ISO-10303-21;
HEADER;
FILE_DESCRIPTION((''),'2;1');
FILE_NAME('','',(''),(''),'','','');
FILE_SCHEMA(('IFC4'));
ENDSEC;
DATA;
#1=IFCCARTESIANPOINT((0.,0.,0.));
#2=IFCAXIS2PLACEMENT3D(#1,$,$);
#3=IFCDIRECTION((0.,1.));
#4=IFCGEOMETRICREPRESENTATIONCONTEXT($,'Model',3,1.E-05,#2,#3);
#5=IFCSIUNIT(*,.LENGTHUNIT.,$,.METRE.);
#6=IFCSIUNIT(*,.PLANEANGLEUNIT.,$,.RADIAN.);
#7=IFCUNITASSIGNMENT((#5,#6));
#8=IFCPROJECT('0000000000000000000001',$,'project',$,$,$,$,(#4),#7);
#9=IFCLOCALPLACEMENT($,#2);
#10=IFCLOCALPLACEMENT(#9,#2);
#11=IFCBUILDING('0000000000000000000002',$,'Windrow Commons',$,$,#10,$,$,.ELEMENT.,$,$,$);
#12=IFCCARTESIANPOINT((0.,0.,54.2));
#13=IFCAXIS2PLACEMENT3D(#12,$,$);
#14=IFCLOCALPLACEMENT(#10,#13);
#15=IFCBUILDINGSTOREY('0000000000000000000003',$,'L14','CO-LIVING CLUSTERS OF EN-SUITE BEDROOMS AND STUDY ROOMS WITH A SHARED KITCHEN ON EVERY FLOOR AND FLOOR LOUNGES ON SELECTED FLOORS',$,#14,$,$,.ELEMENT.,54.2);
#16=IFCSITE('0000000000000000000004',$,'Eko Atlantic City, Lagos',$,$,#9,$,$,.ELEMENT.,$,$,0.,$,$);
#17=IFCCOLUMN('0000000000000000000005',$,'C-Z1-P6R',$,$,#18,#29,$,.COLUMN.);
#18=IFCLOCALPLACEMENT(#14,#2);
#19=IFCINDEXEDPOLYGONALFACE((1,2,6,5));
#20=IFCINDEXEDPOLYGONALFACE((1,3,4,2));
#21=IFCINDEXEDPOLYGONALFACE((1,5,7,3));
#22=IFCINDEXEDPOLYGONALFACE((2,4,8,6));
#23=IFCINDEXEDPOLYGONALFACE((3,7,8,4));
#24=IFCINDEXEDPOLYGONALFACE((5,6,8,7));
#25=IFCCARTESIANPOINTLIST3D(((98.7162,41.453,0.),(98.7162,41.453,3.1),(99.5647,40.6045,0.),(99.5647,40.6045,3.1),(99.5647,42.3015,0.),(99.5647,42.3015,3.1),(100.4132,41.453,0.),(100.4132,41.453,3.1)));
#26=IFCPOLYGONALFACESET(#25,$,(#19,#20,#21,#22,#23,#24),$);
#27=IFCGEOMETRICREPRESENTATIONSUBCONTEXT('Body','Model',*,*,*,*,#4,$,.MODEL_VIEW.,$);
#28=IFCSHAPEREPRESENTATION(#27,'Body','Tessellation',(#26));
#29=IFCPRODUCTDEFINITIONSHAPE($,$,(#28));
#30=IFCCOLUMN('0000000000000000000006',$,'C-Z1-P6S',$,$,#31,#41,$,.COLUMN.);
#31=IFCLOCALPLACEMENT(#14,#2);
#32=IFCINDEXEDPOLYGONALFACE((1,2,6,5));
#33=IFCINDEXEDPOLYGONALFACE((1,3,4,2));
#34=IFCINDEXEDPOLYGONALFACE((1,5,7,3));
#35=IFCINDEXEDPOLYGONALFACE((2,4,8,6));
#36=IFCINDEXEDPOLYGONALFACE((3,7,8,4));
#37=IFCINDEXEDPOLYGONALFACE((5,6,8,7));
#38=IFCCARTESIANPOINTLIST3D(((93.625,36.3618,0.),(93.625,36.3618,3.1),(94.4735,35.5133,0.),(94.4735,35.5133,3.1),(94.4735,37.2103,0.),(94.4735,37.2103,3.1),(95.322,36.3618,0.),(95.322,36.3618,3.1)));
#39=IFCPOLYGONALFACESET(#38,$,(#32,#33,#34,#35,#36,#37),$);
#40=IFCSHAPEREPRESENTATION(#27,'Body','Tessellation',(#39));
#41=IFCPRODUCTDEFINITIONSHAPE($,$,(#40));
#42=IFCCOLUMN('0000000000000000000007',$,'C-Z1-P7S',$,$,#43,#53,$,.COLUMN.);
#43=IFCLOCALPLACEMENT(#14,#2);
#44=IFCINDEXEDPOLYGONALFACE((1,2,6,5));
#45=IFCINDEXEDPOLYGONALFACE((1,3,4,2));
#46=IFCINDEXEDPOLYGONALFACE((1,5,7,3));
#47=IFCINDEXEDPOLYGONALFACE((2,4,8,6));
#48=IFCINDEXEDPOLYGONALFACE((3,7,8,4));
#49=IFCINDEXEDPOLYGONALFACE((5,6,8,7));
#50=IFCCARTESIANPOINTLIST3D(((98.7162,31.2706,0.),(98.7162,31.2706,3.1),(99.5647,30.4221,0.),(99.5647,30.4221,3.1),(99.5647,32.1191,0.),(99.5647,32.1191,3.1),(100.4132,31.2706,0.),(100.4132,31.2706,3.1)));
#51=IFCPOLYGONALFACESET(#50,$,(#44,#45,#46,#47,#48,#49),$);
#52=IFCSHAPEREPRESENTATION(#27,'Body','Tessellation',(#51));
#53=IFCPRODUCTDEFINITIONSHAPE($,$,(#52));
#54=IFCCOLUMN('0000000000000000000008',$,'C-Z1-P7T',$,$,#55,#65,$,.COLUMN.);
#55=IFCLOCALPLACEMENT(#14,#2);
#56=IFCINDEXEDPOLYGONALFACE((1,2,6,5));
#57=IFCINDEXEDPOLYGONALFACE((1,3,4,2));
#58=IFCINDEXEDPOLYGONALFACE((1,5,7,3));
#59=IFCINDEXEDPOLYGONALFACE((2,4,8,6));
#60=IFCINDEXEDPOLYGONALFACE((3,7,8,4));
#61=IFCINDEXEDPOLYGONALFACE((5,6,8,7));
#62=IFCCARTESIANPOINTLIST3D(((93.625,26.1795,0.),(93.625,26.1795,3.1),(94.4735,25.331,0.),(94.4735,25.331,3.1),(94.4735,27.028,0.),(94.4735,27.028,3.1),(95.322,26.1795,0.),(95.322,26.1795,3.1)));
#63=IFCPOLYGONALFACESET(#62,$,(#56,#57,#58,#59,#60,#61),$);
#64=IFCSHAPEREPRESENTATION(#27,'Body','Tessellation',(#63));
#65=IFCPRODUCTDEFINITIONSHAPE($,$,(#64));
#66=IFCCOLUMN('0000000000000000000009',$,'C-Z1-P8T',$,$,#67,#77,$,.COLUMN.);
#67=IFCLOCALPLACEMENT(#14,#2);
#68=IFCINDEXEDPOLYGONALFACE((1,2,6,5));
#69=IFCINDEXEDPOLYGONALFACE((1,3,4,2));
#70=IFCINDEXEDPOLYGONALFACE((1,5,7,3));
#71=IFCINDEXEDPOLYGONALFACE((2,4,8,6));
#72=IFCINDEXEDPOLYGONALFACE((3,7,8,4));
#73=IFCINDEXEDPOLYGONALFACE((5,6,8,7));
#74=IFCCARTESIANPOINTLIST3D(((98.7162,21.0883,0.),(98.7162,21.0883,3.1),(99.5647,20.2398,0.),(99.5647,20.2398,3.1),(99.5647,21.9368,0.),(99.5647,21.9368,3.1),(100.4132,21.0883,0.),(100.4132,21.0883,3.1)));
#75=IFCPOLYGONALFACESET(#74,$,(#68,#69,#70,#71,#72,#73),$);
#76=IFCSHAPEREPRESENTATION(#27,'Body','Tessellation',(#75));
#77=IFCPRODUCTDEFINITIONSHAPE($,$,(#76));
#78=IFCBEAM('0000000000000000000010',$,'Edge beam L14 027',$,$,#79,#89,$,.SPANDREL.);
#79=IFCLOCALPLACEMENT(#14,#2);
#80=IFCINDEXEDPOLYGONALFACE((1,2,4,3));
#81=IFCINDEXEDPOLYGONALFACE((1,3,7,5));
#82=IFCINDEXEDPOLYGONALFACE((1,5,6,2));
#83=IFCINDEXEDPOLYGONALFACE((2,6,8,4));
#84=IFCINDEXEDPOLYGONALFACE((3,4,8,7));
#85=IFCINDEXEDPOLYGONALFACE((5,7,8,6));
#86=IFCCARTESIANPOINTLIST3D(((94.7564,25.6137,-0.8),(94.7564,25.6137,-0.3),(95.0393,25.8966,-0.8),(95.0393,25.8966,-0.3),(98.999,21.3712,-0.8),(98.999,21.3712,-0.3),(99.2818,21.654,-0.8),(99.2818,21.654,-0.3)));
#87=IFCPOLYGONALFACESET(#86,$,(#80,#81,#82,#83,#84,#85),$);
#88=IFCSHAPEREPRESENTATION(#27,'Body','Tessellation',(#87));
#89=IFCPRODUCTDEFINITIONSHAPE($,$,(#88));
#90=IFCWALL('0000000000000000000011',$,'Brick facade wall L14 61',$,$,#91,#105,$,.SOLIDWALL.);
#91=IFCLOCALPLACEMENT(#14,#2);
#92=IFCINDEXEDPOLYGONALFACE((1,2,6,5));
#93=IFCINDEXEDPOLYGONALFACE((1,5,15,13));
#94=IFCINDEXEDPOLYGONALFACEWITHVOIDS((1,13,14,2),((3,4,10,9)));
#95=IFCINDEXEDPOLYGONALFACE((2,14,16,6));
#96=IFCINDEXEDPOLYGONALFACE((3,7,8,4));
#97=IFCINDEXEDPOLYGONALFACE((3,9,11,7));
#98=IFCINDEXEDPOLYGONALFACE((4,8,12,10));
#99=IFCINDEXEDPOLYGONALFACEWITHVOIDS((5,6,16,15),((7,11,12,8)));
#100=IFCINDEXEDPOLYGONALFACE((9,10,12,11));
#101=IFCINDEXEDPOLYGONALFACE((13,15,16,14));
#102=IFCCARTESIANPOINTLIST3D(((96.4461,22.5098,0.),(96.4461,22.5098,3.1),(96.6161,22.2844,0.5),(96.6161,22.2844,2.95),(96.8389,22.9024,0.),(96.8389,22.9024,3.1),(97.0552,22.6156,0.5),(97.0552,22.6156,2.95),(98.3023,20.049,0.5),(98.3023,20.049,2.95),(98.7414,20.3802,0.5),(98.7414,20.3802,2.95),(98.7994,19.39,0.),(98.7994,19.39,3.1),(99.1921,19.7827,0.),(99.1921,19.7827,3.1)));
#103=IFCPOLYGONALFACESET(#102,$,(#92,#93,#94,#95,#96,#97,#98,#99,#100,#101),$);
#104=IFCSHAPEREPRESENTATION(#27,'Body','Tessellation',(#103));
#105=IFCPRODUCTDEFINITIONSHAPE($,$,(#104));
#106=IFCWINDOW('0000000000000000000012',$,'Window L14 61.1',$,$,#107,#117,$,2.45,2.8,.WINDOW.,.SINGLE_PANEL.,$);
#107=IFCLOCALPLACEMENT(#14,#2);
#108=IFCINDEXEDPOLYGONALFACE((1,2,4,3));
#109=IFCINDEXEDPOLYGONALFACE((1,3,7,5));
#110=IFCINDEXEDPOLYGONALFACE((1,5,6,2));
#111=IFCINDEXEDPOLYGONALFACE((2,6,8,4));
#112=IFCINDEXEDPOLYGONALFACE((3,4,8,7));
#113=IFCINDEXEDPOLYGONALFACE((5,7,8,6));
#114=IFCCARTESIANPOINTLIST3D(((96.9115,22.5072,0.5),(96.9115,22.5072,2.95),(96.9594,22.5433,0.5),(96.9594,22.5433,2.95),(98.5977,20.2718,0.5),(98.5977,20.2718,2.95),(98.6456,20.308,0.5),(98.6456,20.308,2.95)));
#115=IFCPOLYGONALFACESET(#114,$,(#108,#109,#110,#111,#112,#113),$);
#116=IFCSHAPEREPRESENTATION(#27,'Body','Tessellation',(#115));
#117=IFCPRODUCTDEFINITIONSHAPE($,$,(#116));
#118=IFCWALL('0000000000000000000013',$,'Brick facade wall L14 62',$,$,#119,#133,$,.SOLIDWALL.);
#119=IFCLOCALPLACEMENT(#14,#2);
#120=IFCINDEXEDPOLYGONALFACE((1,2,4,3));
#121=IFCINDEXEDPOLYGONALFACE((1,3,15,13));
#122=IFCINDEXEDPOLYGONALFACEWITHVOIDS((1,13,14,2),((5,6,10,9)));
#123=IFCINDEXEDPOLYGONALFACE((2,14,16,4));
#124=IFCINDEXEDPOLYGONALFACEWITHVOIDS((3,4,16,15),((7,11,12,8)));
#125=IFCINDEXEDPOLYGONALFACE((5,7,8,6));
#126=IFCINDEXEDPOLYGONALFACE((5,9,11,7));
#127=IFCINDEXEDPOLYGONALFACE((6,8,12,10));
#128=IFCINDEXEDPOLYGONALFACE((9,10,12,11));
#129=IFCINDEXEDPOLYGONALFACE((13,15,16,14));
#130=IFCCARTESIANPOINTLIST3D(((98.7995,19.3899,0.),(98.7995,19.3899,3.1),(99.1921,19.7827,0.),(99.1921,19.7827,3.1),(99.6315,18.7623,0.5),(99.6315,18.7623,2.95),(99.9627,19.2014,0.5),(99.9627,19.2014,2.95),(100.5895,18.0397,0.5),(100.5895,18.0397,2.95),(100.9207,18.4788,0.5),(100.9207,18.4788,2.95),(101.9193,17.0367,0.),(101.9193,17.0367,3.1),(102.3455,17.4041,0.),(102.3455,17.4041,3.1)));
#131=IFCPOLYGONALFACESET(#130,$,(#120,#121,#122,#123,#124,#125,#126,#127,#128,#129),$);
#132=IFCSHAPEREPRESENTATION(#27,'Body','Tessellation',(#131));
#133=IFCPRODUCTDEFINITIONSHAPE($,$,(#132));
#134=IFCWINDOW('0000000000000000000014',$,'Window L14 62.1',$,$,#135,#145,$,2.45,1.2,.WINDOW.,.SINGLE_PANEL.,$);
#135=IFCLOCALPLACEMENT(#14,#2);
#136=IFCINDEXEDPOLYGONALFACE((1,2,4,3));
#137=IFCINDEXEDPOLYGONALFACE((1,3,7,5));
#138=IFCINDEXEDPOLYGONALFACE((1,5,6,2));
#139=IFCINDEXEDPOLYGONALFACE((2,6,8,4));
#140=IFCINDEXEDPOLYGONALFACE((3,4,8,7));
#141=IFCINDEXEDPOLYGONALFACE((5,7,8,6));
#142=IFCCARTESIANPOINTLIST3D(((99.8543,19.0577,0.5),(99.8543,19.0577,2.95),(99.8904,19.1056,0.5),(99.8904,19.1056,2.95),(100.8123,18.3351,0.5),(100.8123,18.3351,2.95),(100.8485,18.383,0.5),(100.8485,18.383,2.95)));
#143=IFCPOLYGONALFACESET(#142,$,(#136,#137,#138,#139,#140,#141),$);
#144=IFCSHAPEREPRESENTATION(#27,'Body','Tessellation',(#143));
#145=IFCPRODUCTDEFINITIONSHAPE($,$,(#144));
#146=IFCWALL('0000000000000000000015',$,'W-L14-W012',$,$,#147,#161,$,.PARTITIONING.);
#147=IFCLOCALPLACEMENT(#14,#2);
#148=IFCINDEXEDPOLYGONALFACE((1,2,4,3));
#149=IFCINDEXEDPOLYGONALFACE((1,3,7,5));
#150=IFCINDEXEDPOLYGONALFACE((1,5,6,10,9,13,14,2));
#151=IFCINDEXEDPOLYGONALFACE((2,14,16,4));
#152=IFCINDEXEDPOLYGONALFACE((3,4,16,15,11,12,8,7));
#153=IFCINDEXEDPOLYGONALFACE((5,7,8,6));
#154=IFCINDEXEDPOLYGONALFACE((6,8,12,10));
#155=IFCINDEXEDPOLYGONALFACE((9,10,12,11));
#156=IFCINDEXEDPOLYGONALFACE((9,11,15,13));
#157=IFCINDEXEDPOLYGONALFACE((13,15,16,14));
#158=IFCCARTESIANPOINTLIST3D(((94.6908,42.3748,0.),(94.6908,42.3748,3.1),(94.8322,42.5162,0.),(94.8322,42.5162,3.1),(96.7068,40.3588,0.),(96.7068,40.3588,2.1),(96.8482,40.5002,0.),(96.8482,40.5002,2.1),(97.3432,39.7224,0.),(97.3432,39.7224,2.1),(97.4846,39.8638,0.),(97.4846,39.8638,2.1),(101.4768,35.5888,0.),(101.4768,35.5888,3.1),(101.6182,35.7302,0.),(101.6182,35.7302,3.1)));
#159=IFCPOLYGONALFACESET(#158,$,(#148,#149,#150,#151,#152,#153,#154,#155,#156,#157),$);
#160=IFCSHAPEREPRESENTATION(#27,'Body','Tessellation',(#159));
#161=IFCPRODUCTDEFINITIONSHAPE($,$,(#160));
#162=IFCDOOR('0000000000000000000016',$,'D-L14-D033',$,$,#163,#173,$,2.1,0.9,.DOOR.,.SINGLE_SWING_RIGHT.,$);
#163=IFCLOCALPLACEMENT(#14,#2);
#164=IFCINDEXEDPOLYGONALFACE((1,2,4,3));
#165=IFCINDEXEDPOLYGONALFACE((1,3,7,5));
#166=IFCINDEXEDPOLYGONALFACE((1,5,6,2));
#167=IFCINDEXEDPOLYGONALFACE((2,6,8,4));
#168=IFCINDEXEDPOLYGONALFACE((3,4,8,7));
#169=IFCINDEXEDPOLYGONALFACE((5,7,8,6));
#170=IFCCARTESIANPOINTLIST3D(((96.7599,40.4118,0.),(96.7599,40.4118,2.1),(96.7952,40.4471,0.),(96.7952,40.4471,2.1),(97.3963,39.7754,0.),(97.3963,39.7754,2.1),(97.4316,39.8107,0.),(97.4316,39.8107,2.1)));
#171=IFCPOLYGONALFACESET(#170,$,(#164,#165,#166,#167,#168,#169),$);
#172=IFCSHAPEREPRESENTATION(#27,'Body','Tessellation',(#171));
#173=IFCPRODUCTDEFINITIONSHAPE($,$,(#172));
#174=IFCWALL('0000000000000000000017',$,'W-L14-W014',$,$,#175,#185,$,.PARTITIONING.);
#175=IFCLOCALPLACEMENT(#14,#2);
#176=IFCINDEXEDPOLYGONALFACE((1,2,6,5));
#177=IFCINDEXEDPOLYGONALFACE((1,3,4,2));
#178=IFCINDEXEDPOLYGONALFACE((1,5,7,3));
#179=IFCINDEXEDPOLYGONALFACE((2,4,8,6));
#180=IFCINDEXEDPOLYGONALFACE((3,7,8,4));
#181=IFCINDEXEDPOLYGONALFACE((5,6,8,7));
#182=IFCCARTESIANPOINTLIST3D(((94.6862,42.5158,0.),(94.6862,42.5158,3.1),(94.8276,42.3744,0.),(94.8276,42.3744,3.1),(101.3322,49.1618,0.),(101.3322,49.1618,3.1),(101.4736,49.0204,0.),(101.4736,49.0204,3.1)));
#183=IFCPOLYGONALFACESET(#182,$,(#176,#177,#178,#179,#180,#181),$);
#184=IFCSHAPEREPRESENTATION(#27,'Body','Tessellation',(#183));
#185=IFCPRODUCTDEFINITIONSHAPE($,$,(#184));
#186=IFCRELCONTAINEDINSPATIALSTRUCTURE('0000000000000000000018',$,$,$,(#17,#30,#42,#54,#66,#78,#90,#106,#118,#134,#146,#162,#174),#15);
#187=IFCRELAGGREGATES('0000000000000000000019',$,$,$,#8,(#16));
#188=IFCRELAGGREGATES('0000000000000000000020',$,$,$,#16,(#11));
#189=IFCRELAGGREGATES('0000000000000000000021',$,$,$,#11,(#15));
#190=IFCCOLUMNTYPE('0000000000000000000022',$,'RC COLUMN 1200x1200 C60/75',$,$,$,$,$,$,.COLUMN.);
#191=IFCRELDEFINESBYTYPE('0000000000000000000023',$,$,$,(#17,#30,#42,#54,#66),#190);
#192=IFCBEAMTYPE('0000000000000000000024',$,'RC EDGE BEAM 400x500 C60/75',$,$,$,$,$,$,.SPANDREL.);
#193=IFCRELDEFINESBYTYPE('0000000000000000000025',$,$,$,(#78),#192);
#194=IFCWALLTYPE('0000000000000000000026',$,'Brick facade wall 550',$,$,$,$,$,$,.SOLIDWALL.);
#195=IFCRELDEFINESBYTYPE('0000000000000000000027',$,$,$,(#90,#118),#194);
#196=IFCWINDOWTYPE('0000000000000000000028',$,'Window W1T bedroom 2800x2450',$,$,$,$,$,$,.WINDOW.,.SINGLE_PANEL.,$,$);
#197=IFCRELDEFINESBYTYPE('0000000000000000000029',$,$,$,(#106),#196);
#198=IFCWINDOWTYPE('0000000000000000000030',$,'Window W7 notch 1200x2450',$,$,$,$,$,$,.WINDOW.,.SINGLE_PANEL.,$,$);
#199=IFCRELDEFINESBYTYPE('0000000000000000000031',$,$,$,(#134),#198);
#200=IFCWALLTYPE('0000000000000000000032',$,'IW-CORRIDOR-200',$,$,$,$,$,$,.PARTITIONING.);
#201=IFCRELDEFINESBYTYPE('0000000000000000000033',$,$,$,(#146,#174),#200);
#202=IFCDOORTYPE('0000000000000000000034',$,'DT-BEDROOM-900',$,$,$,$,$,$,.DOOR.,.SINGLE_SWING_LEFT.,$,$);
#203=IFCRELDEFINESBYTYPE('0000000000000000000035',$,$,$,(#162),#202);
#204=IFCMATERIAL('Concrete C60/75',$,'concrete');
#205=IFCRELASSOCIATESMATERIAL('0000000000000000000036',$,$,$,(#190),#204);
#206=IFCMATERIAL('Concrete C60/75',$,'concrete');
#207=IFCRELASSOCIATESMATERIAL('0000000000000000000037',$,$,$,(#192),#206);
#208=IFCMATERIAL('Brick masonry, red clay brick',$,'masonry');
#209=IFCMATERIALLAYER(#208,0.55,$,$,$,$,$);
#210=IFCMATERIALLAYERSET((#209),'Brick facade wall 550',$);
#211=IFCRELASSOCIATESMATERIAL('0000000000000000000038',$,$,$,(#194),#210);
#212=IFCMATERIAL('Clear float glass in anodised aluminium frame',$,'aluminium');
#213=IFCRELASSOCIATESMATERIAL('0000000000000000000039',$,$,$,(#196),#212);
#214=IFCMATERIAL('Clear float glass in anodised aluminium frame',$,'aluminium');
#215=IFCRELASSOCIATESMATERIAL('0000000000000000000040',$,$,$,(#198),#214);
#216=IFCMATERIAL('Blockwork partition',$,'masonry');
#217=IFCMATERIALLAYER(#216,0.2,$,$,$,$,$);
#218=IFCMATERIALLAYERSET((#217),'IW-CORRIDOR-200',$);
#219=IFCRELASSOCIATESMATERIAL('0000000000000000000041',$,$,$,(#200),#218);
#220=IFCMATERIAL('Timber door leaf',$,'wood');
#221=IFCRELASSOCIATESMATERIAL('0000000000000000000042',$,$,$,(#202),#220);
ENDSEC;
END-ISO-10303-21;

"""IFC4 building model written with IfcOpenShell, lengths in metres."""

from ifc_helpers import new_model, si_unit, direction, frame, frame_2d, origin, origin_2d, place, context, subcontext, project, spatial, polyline, rectangle, outline, extrude, material, layer, layer_set, material_profile, profile_set, type_object, element, fill, save


model = new_model("IFC4")

# Units and contexts
model_context = context("Model", 3, precision=1e-05, world=origin(), true_north=direction((0.0, 1.0)))
body_context = subcontext(model_context, "Body", "Model", "MODEL_VIEW")
ifc_project = project(units=[si_unit("LENGTHUNIT", "METRE"), si_unit("PLANEANGLEUNIT", "RADIAN")], contexts=[model_context])

# Site, building, storey
site_placement = place(None, origin())
site = spatial("IfcSite", under=ifc_project, at=site_placement, Name="Eko Atlantic City, Lagos", CompositionType="ELEMENT", RefElevation=0.0)
building_placement = place(site_placement, origin())
building = spatial("IfcBuilding", under=site, at=building_placement, Name="Windrow Commons", CompositionType="ELEMENT")
storey_placement = place(building_placement, frame((0.0, 0.0, 54.2)))
storey = spatial("IfcBuildingStorey", under=building, at=storey_placement, Name="L14", Description="CO-LIVING CLUSTERS OF EN-SUITE BEDROOMS AND STUDY ROOMS WITH A SHARED KITCHEN ON EVERY FLOOR AND FLOOR LOUNGES ON SELECTED FLOORS", CompositionType="ELEMENT", Elevation=54.2)

# Columns
ifc_material_1 = material(Name="Concrete C60/75", Category="concrete")
ifc_material_profile_1 = material_profile(ifc_material_1, rectangle(XDim=1.2, YDim=1.2, at=origin_2d()))
ifc_profile_set_1 = profile_set([ifc_material_profile_1], Name="Concrete C60/75")
column_type = type_object("IfcColumnType", Name="RC COLUMN 1200x1200 C60/75", PredefinedType="COLUMN", material=ifc_profile_set_1)
for number, where, z_axis, x_axis, name in (
    (1, (99.5647, 41.453, 0.0), (0.0, 0.0, 1.0), (0.707107, -0.707107, 0.0), "C-Z1-P6R"),
    (2, (94.4735, 36.3618, 0.0), (0.0, 0.0, 1.0), (0.707107, -0.707107, 0.0), "C-Z1-P6S"),
    (3, (99.5647, 31.2706, 0.0), (0.0, 0.0, 1.0), (0.707107, -0.707107, 0.0), "C-Z1-P7S"),
    (4, (94.4735, 26.1795, 0.0), (0.0, 0.0, 1.0), (0.707107, -0.707107, 0.0), "C-Z1-P7T"),
    (5, (99.5647, 21.0883, 0.0), (0.0, 0.0, 1.0), (0.707107, -0.707107, 0.0), "C-Z1-P8T"),
):
    element("IfcColumn", number, at=place(storey_placement, frame(where, z_axis=z_axis, x_axis=x_axis)), inside=storey, type_object=column_type, Name=name, PredefinedType="COLUMN", context=body_context, shape_type="SweptSolid", body=[
        extrude(rectangle(XDim=1.2, YDim=1.2, at=origin_2d()), origin(), (0.0, 0.0, 1.0), 3.1),
    ])

# Beam
ifc_material_2 = material(Name="Concrete C60/75", Category="concrete")
ifc_material_profile_2 = material_profile(ifc_material_2, rectangle(XDim=0.4, YDim=0.5, at=origin_2d()))
ifc_profile_set_2 = profile_set([ifc_material_profile_2], Name="Concrete C60/75")
beam_type = type_object("IfcBeamType", Name="RC EDGE BEAM 400x500 C60/75", PredefinedType="SPANDREL", material=ifc_profile_set_2)
beam_placement = place(storey_placement, frame((99.1404, 21.5126, -0.55), z_axis=(-0.707107, 0.707107, 0.0), x_axis=(-0.707107, -0.707107, 0.0)))
element("IfcBeam", 6, at=beam_placement, inside=storey, type_object=beam_type, Name="Edge beam L14 027", PredefinedType="SPANDREL", context=body_context, shape_type="SweptSolid", body=[
    extrude(rectangle(XDim=0.4, YDim=0.5, at=origin_2d()), origin(), (0.0, 0.0, 1.0), 5.9999),
])

# Walls, openings, windows
ifc_material_3 = material(Name="Brick masonry, red clay brick", Category="masonry")
ifc_layer_1 = layer(ifc_material_3, 0.55)
ifc_layer_set_1 = layer_set([ifc_layer_1], Name="Brick facade wall 550")
wall_type_1 = type_object("IfcWallType", Name="Brick facade wall 550", PredefinedType="SOLIDWALL", material=ifc_layer_set_1)
wall_1_placement = place(storey_placement, frame((96.6425, 22.7061, 0.0), z_axis=(0.0, 0.0, 1.0), x_axis=(0.6022, -0.798345, 0.0)))
wall_1 = element("IfcWall", 7, at=wall_1_placement, inside=storey, type_object=wall_type_1, Name="Brick facade wall L14 61", PredefinedType="SOLIDWALL", context=body_context, shape_type="SweptSolid", body=[
    extrude(outline(polyline([(0.0385, -0.275), (3.9463, -0.275), (3.8693, 0.275), (-0.0385, 0.275), (0.0385, -0.275)])), origin(), (0.0, 0.0, 1.0), 3.1),
])
opening_1_placement = place(wall_1_placement, frame((0.3208, 0.0, 0.5)))
opening_1 = element("IfcOpeningElement", 8, at=opening_1_placement, cuts=wall_1, PredefinedType="OPENING", context=body_context, shape_type="SweptSolid", body=[
    extrude(rectangle(XDim=2.8, YDim=2.45, at=frame_2d((1.4, 1.225))), frame((0.0, 0.285, 0.0), z_axis=(0.0, -1.0, 0.0), x_axis=(1.0, 0.0, 0.0)), (0.0, 0.0, 1.0), 0.57),
])
ifc_material_4 = material(Name="Clear float glass in anodised aluminium frame", Category="aluminium")
window_type_1 = type_object("IfcWindowType", Name="Window W1T bedroom 2800x2450", PartitioningType="SINGLE_PANEL", PredefinedType="WINDOW", material=ifc_material_4)
window_1_placement = place(opening_1_placement, origin())
window_1 = element("IfcWindow", 9, at=window_1_placement, inside=storey, type_object=window_type_1, Name="Window L14 61.1", OverallHeight=2.45, OverallWidth=2.8, PartitioningType="SINGLE_PANEL", PredefinedType="WINDOW", context=body_context, shape_type="SweptSolid", body=[
    extrude(rectangle(XDim=2.8, YDim=2.45, at=frame_2d((1.4, 1.225))), frame((0.0, 0.155, 0.0), z_axis=(0.0, -1.0, 0.0), x_axis=(1.0, 0.0, 0.0)), (0.0, 0.0, 1.0), 0.06),
])
fill(opening_1, window_1)
wall_2_placement = place(storey_placement, frame((98.9958, 19.5863, 0.0), z_axis=(0.0, 0.0, 1.0), x_axis=(0.798354, -0.602189, 0.0)))
wall_2 = element("IfcWall", 10, at=wall_2_placement, inside=storey, type_object=wall_type_1, Name="Brick facade wall L14 62", PredefinedType="SOLIDWALL", context=body_context, shape_type="SweptSolid", body=[
    extrude(outline(polyline([(-0.0385, -0.275), (3.8693, -0.275), (3.9883, 0.275), (0.0385, 0.275), (-0.0385, -0.275)])), origin(), (0.0, 0.0, 1.0), 3.1),
])
opening_2_placement = place(wall_2_placement, frame((1.0037, 0.0, 0.5)))
opening_2 = element("IfcOpeningElement", 11, at=opening_2_placement, cuts=wall_2, PredefinedType="OPENING", context=body_context, shape_type="SweptSolid", body=[
    extrude(rectangle(XDim=1.2, YDim=2.45, at=frame_2d((0.6, 1.225))), frame((0.0, 0.285, 0.0), z_axis=(0.0, -1.0, 0.0), x_axis=(1.0, 0.0, 0.0)), (0.0, 0.0, 1.0), 0.57),
])
ifc_material_5 = material(Name="Clear float glass in anodised aluminium frame", Category="aluminium")
window_type_2 = type_object("IfcWindowType", Name="Window W7 notch 1200x2450", PartitioningType="SINGLE_PANEL", PredefinedType="WINDOW", material=ifc_material_5)
window_2_placement = place(opening_2_placement, origin())
window_2 = element("IfcWindow", 12, at=window_2_placement, inside=storey, type_object=window_type_2, Name="Window L14 62.1", OverallHeight=2.45, OverallWidth=1.2, PartitioningType="SINGLE_PANEL", PredefinedType="WINDOW", context=body_context, shape_type="SweptSolid", body=[
    extrude(rectangle(XDim=1.2, YDim=2.45, at=frame_2d((0.6, 1.225))), frame((0.0, 0.155, 0.0), z_axis=(0.0, -1.0, 0.0), x_axis=(1.0, 0.0, 0.0)), (0.0, 0.0, 1.0), 0.06),
])
fill(opening_2, window_2)

# Wall, opening, door
ifc_material_6 = material(Name="Blockwork partition", Category="masonry")
ifc_layer_2 = layer(ifc_material_6, 0.2)
ifc_layer_set_2 = layer_set([ifc_layer_2], Name="IW-CORRIDOR-200")
wall_type_2 = type_object("IfcWallType", Name="IW-CORRIDOR-200", PredefinedType="PARTITIONING", material=ifc_layer_set_2)
wall_3_placement = place(storey_placement, frame((94.7615, 42.4455, 0.0), z_axis=(0.0, 0.0, 1.0), x_axis=(0.707107, -0.707107, 0.0)))
wall_3 = element("IfcWall", 13, at=wall_3_placement, inside=storey, type_object=wall_type_2, Name="W-L14-W012", PredefinedType="PARTITIONING", context=body_context, shape_type="SweptSolid", body=[
    extrude(rectangle(XDim=9.5969, YDim=0.2, at=frame_2d((4.7984, 0.0))), origin(), (0.0, 0.0, 1.0), 3.1),
])
opening_3_placement = place(wall_3_placement, frame((2.8511, 0.0, 0.0)))
opening_3 = element("IfcOpeningElement", 14, at=opening_3_placement, cuts=wall_3, PredefinedType="OPENING", context=body_context, shape_type="SweptSolid", body=[
    extrude(rectangle(XDim=0.9, YDim=2.1, at=frame_2d((0.45, 1.05))), frame((0.0, 0.11, 0.0), z_axis=(0.0, -1.0, 0.0), x_axis=(1.0, 0.0, 0.0)), (0.0, 0.0, 1.0), 0.22),
])
ifc_material_7 = material(Name="Timber door leaf", Category="wood")
door_type_1 = type_object("IfcDoorType", Name="DT-BEDROOM-900", OperationType="SINGLE_SWING_LEFT", PredefinedType="DOOR", material=ifc_material_7)
door_1_placement = place(opening_3_placement, origin())
door_1 = element("IfcDoor", 15, at=door_1_placement, inside=storey, type_object=door_type_1, Name="D-L14-D033", OperationType="SINGLE_SWING_RIGHT", OverallHeight=2.1, OverallWidth=0.9, PredefinedType="DOOR", context=body_context, shape_type="SweptSolid", body=[
    extrude(rectangle(XDim=0.9, YDim=2.1, at=frame_2d((0.45, 1.05))), frame((0.0, 0.025, 0.0), z_axis=(0.0, -1.0, 0.0), x_axis=(1.0, 0.0, 0.0)), (0.0, 0.0, 1.0), 0.05),
])
fill(opening_3, door_1)

# Wall
wall_4_placement = place(storey_placement, frame((94.7569, 42.4451, 0.0), z_axis=(0.0, 0.0, 1.0), x_axis=(0.707107, 0.707107, 0.0)))
element("IfcWall", 16, at=wall_4_placement, inside=storey, type_object=wall_type_2, Name="W-L14-W014", PredefinedType="PARTITIONING", context=body_context, shape_type="SweptSolid", body=[
    extrude(rectangle(XDim=9.3989, YDim=0.2, at=frame_2d((4.6994, 0.0))), origin(), (0.0, 0.0, 1.0), 3.1),
])

save(model, "model.ifc")
